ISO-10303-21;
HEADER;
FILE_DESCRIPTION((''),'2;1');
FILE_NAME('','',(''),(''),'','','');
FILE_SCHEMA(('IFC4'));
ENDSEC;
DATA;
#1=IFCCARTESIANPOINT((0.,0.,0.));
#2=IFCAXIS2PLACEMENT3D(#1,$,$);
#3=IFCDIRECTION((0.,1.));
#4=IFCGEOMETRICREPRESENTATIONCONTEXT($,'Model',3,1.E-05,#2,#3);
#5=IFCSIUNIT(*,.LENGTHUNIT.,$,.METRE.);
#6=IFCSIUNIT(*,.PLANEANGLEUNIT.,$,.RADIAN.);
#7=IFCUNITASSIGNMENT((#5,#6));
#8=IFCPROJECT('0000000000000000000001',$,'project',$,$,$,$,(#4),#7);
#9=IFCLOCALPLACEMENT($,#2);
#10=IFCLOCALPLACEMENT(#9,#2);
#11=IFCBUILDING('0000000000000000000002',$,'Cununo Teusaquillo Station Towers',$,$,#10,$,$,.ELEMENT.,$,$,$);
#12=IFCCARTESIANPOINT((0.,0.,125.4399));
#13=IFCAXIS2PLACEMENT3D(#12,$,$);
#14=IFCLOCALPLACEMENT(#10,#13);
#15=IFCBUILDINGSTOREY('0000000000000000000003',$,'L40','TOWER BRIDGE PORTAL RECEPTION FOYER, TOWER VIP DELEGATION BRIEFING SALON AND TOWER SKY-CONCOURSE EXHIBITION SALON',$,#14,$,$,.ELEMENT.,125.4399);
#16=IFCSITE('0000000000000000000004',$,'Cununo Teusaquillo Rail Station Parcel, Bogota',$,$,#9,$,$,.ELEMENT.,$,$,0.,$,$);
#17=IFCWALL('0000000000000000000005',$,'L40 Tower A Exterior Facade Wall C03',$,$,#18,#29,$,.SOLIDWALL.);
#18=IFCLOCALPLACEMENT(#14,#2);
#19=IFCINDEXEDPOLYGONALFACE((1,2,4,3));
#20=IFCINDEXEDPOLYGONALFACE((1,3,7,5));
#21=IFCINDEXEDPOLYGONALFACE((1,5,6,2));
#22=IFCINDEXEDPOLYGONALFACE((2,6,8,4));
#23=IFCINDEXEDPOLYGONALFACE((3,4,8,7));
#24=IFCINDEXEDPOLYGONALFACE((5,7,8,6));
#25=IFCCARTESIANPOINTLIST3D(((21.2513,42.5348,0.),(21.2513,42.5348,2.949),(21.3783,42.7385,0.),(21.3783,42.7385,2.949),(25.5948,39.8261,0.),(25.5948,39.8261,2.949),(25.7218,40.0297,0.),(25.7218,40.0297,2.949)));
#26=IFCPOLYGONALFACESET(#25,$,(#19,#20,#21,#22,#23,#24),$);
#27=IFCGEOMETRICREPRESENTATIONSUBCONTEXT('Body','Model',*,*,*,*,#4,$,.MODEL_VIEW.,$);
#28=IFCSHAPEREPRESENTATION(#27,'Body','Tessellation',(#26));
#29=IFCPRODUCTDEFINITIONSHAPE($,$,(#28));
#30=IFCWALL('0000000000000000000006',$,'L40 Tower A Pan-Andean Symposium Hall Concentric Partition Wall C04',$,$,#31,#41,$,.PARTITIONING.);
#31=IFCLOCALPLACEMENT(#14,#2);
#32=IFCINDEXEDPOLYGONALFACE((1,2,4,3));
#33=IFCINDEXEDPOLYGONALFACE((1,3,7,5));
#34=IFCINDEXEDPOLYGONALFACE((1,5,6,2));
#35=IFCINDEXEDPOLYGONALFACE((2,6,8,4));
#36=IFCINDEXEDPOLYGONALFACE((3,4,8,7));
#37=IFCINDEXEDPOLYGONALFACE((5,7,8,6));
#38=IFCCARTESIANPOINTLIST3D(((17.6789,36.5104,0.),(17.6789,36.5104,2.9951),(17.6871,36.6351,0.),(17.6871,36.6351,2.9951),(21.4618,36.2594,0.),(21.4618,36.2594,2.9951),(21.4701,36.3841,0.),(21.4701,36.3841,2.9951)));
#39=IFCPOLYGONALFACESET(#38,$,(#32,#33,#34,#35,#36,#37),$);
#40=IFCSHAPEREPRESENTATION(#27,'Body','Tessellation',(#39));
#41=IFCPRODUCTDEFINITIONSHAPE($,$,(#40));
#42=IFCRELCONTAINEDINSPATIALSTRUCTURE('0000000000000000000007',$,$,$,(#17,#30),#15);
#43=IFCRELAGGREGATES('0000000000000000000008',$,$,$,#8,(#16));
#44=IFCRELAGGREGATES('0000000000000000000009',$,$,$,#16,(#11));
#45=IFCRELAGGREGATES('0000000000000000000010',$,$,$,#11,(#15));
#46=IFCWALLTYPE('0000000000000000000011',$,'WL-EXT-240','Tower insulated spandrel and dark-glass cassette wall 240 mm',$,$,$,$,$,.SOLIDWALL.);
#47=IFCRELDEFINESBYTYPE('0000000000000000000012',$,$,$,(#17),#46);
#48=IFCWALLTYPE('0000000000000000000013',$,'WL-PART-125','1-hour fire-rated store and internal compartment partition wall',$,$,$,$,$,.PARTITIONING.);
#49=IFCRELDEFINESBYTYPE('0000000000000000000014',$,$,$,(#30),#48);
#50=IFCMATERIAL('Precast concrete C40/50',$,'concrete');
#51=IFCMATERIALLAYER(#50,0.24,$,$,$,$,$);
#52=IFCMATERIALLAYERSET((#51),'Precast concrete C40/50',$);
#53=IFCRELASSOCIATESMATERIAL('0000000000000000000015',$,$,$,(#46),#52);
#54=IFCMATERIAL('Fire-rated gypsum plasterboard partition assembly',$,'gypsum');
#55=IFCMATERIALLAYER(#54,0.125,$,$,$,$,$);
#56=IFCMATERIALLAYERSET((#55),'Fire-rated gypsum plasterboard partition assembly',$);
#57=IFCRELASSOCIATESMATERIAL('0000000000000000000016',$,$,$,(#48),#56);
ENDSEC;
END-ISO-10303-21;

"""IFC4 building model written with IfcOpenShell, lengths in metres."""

from ifc_helpers import new_model, si_unit, direction, frame, frame_2d, origin, place, context, subcontext, project, spatial, rectangle, extrude, material, layer, layer_set, type_object, element, save


model = new_model("IFC4")

# Units and contexts
model_context = context("Model", 3, precision=1e-05, world=origin(), true_north=direction((0.0, 1.0)))
body_context = subcontext(model_context, "Body", "Model", "MODEL_VIEW")
ifc_project = project(units=[si_unit("LENGTHUNIT", "METRE"), si_unit("PLANEANGLEUNIT", "RADIAN")], contexts=[model_context])

# Site, building, storey
site_placement = place(None, origin())
site = spatial("IfcSite", under=ifc_project, at=site_placement, Name="Cununo Teusaquillo Rail Station Parcel, Bogota", CompositionType="ELEMENT", RefElevation=0.0)
building_placement = place(site_placement, origin())
building = spatial("IfcBuilding", under=site, at=building_placement, Name="Cununo Teusaquillo Station Towers", CompositionType="ELEMENT")
storey_placement = place(building_placement, frame((0.0, 0.0, 125.4399)))
storey = spatial("IfcBuildingStorey", under=building, at=storey_placement, Name="L40", Description="TOWER BRIDGE PORTAL RECEPTION FOYER, TOWER VIP DELEGATION BRIEFING SALON AND TOWER SKY-CONCOURSE EXHIBITION SALON", CompositionType="ELEMENT", Elevation=125.4399)

# Walls
ifc_material_1 = material(Name="Precast concrete C40/50", Category="concrete")
ifc_layer_1 = layer(ifc_material_1, 0.24)
ifc_layer_set_1 = layer_set([ifc_layer_1], Name="Precast concrete C40/50")
wall_type_1 = type_object("IfcWallType", Name="WL-EXT-240", Description="Tower insulated spandrel and dark-glass cassette wall 240 mm", PredefinedType="SOLIDWALL", material=ifc_layer_set_1)
wall_1_placement = place(storey_placement, frame((21.3147, 42.6367, 0.0), z_axis=(0.0, 0.0, 1.0), x_axis=(0.84852, -0.529163, 0.0)))
element("IfcWall", 1, at=wall_1_placement, inside=storey, type_object=wall_type_1, Name="L40 Tower A Exterior Facade Wall C03", PredefinedType="SOLIDWALL", context=body_context, shape_type="SweptSolid", body=[
    extrude(rectangle(XDim=5.1189, YDim=0.24, at=frame_2d((2.5596, 0.0))), origin(), (0.0, 0.0, 1.0), 2.949),
])
ifc_material_2 = material(Name="Fire-rated gypsum plasterboard partition assembly", Category="gypsum")
ifc_layer_2 = layer(ifc_material_2, 0.125)
ifc_layer_set_2 = layer_set([ifc_layer_2], Name="Fire-rated gypsum plasterboard partition assembly")
wall_type_2 = type_object("IfcWallType", Name="WL-PART-125", Description="1-hour fire-rated store and internal compartment partition wall", PredefinedType="PARTITIONING", material=ifc_layer_set_2)
wall_2_placement = place(storey_placement, frame((21.4658, 36.3218, 0.0), z_axis=(0.0, 0.0, 1.0), x_axis=(-0.997806, 0.066198, 0.0)))
element("IfcWall", 2, at=wall_2_placement, inside=storey, type_object=wall_type_2, Name="L40 Tower A Pan-Andean Symposium Hall Concentric Partition Wall C04", PredefinedType="PARTITIONING", context=body_context, shape_type="SweptSolid", body=[
    extrude(rectangle(XDim=3.7913, YDim=0.125, at=frame_2d((1.8955, 0.0))), origin(), (0.0, 0.0, 1.0), 2.9951),
])

save(model, "model.ifc")
